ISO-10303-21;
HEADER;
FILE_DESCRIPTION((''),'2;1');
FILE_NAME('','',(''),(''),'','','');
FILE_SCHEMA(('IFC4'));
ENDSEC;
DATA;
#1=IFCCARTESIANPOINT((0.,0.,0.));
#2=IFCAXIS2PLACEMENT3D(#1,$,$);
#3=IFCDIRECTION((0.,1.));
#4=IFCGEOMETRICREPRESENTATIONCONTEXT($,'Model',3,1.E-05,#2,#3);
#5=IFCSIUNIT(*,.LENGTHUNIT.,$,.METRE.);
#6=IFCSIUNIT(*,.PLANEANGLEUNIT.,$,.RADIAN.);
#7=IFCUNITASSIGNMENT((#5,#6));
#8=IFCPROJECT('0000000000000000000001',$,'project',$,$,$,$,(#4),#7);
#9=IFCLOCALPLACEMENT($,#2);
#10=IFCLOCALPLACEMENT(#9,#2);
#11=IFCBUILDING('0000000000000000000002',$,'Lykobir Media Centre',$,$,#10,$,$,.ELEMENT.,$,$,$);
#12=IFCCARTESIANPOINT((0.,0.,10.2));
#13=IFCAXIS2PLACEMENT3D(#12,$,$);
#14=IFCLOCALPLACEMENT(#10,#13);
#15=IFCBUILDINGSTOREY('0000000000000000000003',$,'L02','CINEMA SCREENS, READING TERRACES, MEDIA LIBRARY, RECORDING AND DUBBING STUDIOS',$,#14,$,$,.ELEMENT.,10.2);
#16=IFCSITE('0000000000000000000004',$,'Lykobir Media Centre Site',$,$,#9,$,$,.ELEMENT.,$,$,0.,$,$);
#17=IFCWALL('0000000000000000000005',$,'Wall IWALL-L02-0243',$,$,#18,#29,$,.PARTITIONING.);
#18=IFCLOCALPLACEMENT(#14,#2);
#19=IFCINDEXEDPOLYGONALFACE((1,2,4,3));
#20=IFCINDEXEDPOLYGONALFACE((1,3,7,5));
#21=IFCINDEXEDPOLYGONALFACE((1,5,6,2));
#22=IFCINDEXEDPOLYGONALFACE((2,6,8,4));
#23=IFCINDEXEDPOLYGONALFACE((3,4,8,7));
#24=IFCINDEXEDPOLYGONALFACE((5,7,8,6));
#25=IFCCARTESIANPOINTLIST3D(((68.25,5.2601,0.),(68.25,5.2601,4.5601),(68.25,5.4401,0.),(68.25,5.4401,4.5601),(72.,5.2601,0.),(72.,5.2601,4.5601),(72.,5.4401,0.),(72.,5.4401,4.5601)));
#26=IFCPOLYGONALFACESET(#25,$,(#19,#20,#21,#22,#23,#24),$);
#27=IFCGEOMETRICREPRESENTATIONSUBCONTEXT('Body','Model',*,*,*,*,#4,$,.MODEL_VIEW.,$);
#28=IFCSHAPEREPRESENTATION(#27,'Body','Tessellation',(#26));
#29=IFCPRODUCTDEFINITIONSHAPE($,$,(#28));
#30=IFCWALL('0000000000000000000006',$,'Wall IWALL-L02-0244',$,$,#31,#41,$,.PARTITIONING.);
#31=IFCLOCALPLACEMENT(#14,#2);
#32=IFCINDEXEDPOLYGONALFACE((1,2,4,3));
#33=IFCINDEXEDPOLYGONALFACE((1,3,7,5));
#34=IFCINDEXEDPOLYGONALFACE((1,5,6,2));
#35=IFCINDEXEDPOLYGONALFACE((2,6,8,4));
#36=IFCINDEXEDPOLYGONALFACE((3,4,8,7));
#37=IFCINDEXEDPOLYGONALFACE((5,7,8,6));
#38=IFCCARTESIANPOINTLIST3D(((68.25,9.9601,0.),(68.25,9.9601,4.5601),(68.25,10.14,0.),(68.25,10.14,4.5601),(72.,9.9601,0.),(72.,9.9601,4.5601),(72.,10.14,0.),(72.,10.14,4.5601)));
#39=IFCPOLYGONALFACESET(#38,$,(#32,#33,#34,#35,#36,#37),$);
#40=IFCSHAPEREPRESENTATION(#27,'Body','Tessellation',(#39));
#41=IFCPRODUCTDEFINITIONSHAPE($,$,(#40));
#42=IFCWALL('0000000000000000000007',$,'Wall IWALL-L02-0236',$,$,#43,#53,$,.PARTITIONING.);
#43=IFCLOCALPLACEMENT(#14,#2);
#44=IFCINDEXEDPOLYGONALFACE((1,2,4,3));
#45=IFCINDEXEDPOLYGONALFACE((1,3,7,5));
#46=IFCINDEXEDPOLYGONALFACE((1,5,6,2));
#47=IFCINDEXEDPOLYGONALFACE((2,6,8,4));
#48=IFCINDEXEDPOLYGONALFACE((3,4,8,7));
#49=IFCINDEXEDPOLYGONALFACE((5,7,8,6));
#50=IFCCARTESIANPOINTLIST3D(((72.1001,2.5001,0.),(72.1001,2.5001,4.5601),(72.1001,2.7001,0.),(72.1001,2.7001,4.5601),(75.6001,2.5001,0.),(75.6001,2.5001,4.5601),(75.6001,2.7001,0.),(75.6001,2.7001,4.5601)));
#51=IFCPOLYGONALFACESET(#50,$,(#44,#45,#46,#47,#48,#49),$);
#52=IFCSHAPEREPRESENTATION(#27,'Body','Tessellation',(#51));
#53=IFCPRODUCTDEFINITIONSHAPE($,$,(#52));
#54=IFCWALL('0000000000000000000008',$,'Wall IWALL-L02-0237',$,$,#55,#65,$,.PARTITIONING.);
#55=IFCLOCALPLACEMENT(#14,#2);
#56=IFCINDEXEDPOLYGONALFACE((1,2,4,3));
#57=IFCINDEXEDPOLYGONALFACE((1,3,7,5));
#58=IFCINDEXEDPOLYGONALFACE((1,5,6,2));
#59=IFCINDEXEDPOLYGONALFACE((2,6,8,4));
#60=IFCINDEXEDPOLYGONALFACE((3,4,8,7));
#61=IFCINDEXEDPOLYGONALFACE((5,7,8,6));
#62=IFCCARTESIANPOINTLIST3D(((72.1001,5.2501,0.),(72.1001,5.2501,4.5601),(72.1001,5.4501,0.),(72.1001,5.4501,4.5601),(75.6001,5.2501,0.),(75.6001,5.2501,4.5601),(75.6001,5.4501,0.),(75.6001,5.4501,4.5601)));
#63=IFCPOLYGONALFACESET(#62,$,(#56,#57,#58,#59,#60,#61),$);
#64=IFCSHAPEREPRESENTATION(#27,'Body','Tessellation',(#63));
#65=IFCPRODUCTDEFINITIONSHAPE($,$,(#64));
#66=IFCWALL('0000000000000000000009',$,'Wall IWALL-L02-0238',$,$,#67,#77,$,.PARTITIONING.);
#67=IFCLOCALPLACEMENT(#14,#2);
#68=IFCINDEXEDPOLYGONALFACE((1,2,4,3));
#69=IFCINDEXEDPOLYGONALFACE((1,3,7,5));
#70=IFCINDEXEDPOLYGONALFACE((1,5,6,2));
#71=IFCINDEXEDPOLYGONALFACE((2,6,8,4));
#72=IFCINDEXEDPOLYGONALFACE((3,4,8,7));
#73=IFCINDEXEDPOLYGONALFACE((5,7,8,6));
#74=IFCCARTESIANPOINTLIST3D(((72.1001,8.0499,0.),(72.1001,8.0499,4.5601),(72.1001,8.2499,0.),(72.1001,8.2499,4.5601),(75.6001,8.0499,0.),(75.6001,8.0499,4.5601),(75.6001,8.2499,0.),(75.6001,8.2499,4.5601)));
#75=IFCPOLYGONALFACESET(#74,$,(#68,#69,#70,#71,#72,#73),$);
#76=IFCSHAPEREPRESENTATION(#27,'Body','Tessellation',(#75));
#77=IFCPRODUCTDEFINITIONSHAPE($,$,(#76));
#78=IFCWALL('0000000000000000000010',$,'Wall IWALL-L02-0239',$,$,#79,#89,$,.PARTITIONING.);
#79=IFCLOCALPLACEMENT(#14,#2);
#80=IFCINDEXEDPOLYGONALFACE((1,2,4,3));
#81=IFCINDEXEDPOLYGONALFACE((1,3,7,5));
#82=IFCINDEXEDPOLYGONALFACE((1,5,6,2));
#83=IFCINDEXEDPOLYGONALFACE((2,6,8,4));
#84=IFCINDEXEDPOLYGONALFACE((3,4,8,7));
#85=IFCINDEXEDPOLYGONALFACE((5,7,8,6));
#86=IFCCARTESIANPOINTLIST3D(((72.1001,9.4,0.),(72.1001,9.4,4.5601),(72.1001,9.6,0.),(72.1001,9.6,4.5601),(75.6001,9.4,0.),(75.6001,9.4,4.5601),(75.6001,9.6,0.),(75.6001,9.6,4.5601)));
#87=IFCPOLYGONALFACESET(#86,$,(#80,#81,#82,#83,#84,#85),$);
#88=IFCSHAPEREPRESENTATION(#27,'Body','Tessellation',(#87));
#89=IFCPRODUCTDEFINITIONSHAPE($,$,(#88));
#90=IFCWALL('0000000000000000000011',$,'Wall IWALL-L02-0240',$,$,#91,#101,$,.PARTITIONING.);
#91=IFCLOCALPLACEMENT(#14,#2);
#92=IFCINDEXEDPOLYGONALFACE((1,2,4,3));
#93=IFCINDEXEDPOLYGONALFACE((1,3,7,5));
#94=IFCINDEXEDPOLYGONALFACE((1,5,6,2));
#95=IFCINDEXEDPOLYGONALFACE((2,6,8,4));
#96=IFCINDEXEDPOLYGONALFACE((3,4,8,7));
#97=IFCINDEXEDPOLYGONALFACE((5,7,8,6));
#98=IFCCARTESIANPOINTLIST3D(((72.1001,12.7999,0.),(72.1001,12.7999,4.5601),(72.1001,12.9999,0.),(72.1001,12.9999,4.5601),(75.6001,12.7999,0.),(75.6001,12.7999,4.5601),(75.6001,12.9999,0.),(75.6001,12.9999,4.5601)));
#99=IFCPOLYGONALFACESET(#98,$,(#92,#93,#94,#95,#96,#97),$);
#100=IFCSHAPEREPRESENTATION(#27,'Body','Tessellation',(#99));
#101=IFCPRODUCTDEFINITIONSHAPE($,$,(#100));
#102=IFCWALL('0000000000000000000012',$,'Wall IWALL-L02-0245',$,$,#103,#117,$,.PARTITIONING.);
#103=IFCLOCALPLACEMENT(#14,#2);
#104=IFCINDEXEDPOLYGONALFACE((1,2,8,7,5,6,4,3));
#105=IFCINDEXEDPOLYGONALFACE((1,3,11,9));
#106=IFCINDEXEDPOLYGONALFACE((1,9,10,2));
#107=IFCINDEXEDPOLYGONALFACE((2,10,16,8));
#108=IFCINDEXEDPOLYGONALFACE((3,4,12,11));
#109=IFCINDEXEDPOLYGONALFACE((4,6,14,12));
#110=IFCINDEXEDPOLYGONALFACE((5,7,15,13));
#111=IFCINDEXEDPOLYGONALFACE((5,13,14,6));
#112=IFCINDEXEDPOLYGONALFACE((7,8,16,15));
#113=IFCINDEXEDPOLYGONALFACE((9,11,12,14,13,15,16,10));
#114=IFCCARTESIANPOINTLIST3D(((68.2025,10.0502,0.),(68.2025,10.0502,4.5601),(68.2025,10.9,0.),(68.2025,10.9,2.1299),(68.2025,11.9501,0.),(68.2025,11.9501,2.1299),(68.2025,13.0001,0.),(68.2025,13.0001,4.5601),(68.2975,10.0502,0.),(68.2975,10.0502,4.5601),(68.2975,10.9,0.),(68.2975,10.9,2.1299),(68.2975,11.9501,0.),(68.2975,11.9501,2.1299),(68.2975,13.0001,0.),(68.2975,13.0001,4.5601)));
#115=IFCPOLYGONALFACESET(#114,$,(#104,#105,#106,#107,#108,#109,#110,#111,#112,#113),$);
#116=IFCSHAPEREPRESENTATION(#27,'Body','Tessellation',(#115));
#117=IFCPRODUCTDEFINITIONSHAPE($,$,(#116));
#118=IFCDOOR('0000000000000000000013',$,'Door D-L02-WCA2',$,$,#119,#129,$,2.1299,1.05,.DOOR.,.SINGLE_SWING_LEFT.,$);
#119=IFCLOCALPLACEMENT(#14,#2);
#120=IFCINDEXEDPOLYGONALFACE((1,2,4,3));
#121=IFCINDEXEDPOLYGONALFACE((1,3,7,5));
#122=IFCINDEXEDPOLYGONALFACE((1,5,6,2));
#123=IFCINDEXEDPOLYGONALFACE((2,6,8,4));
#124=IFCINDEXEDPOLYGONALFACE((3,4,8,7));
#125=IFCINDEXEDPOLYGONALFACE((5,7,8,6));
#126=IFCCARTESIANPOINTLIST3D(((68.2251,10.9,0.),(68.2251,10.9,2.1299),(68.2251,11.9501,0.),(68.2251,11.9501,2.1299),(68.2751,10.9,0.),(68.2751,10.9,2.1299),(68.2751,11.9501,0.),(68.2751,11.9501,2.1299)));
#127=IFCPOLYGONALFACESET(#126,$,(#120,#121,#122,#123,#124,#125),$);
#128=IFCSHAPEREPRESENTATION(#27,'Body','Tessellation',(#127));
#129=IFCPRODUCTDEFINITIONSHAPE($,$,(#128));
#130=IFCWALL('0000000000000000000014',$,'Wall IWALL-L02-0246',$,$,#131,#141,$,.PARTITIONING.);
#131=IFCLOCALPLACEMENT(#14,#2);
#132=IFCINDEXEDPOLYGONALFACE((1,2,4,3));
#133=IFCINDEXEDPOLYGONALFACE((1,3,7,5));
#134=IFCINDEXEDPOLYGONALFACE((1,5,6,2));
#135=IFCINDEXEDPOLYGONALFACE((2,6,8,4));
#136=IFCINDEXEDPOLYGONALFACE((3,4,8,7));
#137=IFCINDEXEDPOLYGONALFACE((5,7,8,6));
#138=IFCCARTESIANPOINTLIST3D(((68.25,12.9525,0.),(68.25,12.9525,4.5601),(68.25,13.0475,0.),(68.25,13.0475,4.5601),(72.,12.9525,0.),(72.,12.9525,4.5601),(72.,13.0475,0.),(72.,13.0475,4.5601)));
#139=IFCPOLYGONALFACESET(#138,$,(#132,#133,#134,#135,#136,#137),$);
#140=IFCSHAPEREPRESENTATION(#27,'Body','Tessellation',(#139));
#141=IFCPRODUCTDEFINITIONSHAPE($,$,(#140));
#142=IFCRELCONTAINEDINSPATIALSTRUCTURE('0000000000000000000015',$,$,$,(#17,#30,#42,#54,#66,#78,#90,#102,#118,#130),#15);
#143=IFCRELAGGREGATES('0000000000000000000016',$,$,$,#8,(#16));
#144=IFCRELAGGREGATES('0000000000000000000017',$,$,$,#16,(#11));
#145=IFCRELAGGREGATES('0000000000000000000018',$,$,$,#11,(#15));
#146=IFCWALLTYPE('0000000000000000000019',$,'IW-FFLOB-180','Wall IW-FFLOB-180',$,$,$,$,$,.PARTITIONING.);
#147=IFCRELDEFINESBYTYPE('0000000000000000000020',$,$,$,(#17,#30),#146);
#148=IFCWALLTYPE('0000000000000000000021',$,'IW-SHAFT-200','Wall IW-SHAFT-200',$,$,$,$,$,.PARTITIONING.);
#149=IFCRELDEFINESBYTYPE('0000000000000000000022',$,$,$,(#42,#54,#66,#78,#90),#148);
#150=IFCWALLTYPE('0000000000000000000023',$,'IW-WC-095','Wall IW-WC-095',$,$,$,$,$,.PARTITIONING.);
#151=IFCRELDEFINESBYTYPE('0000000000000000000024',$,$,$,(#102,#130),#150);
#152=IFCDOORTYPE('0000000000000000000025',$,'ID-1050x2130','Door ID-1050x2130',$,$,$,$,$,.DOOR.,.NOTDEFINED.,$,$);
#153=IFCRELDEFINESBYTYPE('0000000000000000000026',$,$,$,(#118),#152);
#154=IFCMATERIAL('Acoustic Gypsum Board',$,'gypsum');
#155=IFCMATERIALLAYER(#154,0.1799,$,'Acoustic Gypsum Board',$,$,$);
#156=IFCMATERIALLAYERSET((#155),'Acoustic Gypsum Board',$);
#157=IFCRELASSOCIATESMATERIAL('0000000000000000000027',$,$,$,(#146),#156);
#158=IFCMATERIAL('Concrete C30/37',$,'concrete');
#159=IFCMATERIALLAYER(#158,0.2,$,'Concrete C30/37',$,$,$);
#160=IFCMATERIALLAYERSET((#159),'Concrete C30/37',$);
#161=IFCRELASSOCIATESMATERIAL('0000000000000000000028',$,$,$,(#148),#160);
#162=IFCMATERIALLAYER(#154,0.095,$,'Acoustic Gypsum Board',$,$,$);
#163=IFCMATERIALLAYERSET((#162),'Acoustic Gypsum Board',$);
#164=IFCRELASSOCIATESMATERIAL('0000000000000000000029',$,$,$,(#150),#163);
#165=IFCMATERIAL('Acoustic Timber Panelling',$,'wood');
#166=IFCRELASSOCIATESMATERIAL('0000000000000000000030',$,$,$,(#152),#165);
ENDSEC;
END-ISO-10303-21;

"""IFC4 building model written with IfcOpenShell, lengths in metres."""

from ifc_helpers import new_model, si_unit, direction, frame, frame_2d, origin, place, context, subcontext, project, spatial, rectangle, extrude, material, layer, layer_set, type_object, element, fill, save


model = new_model("IFC4")

# Units and contexts
model_context = context("Model", 3, precision=1e-05, world=origin(), true_north=direction((0.0, 1.0)))
body_context = subcontext(model_context, "Body", "Model", "MODEL_VIEW")
ifc_project = project(units=[si_unit("LENGTHUNIT", "METRE"), si_unit("PLANEANGLEUNIT", "RADIAN")], contexts=[model_context])

# Site, building, storey
site_placement = place(None, origin())
site = spatial("IfcSite", under=ifc_project, at=site_placement, Name="Lykobir Media Centre Site", CompositionType="ELEMENT", RefElevation=0.0)
building_placement = place(site_placement, origin())
building = spatial("IfcBuilding", under=site, at=building_placement, Name="Lykobir Media Centre", CompositionType="ELEMENT")
storey_placement = place(building_placement, frame((0.0, 0.0, 10.2)))
storey = spatial("IfcBuildingStorey", under=building, at=storey_placement, Name="L02", Description="CINEMA SCREENS, READING TERRACES, MEDIA LIBRARY, RECORDING AND DUBBING STUDIOS", CompositionType="ELEMENT", Elevation=10.2)

# Walls
ifc_material_1 = material(Name="Acoustic Gypsum Board", Category="gypsum")
ifc_layer_1 = layer(ifc_material_1, 0.1799, Name="Acoustic Gypsum Board")
ifc_layer_set_1 = layer_set([ifc_layer_1], Name="Acoustic Gypsum Board")
wall_type_1 = type_object("IfcWallType", Name="IW-FFLOB-180", Description="Wall IW-FFLOB-180", PredefinedType="PARTITIONING", material=ifc_layer_set_1)
for number, where, z_axis, x_axis, name in (
    (1, (68.25, 5.3501, 0.0), (0.0, 0.0, 1.0), (1.0, 0.0, 0.0), "Wall IWALL-L02-0243"),
    (2, (68.25, 10.05, 0.0), (0.0, 0.0, 1.0), (1.0, 0.0, 0.0), "Wall IWALL-L02-0244"),
):
    element("IfcWall", number, at=place(storey_placement, frame(where, z_axis=z_axis, x_axis=x_axis)), inside=storey, type_object=wall_type_1, Name=name, PredefinedType="PARTITIONING", context=body_context, shape_type="SweptSolid", body=[
        extrude(rectangle(XDim=3.75, YDim=0.1799, at=frame_2d((1.875, 0.0))), origin(), (0.0, 0.0, 1.0), 4.5601),
    ])
ifc_material_2 = material(Name="Concrete C30/37", Category="concrete")
ifc_layer_2 = layer(ifc_material_2, 0.2, Name="Concrete C30/37")
ifc_layer_set_2 = layer_set([ifc_layer_2], Name="Concrete C30/37")
wall_type_2 = type_object("IfcWallType", Name="IW-SHAFT-200", Description="Wall IW-SHAFT-200", PredefinedType="PARTITIONING", material=ifc_layer_set_2)
for number, where, z_axis, x_axis, name in (
    (3, (72.1001, 2.6001, 0.0), (0.0, 0.0, 1.0), (1.0, 0.0, 0.0), "Wall IWALL-L02-0236"),
    (4, (72.1001, 5.3501, 0.0), (0.0, 0.0, 1.0), (1.0, 0.0, 0.0), "Wall IWALL-L02-0237"),
    (5, (72.1001, 8.1499, 0.0), (0.0, 0.0, 1.0), (1.0, 0.0, 0.0), "Wall IWALL-L02-0238"),
    (6, (72.1001, 9.5, 0.0), (0.0, 0.0, 1.0), (1.0, 0.0, 0.0), "Wall IWALL-L02-0239"),
    (7, (72.1001, 12.8999, 0.0), (0.0, 0.0, 1.0), (1.0, 0.0, 0.0), "Wall IWALL-L02-0240"),
):
    element("IfcWall", number, at=place(storey_placement, frame(where, z_axis=z_axis, x_axis=x_axis)), inside=storey, type_object=wall_type_2, Name=name, PredefinedType="PARTITIONING", context=body_context, shape_type="SweptSolid", body=[
        extrude(rectangle(XDim=3.5, YDim=0.2, at=frame_2d((1.75, 0.0))), origin(), (0.0, 0.0, 1.0), 4.5601),
    ])

# Wall, opening, door
ifc_layer_3 = layer(ifc_material_1, 0.095, Name="Acoustic Gypsum Board")
ifc_layer_set_3 = layer_set([ifc_layer_3], Name="Acoustic Gypsum Board")
wall_type_3 = type_object("IfcWallType", Name="IW-WC-095", Description="Wall IW-WC-095", PredefinedType="PARTITIONING", material=ifc_layer_set_3)
wall_1_placement = place(storey_placement, frame((68.25, 10.05, 0.0), z_axis=(0.0, 0.0, 1.0), x_axis=(0.0, 1.0, 0.0)))
wall_1 = element("IfcWall", 8, at=wall_1_placement, inside=storey, type_object=wall_type_3, Name="Wall IWALL-L02-0245", PredefinedType="PARTITIONING", context=body_context, shape_type="SweptSolid", body=[
    extrude(rectangle(XDim=2.95, YDim=0.095, at=frame_2d((1.4751, 0.0))), origin(), (0.0, 0.0, 1.0), 4.5601),
])
opening_1_placement = place(wall_1_placement, frame((0.8501, 0.0, 0.0)))
opening_1 = element("IfcOpeningElement", 9, at=opening_1_placement, cuts=wall_1, PredefinedType="OPENING", context=body_context, shape_type="SweptSolid", body=[
    extrude(rectangle(XDim=1.05, YDim=2.1299, at=frame_2d((0.5249, 1.0649))), frame((0.0, 0.0574, 0.0), z_axis=(0.0, -1.0, 0.0), x_axis=(1.0, 0.0, 0.0)), (0.0, 0.0, 1.0), 0.115),
])
ifc_material_3 = material(Name="Acoustic Timber Panelling", Category="wood")
door_type_1 = type_object("IfcDoorType", Name="ID-1050x2130", Description="Door ID-1050x2130", OperationType="NOTDEFINED", PredefinedType="DOOR", material=ifc_material_3)
door_1_placement = place(opening_1_placement, origin())
door_1 = element("IfcDoor", 10, at=door_1_placement, inside=storey, type_object=door_type_1, Name="Door D-L02-WCA2", OperationType="SINGLE_SWING_LEFT", OverallHeight=2.1299, OverallWidth=1.05, PredefinedType="DOOR", context=body_context, shape_type="SweptSolid", body=[
    extrude(rectangle(XDim=1.05, YDim=2.1299, at=frame_2d((0.5249, 1.0649))), frame((0.0, 0.0249, 0.0), z_axis=(0.0, -1.0, 0.0), x_axis=(1.0, 0.0, 0.0)), (0.0, 0.0, 1.0), 0.05),
])
fill(opening_1, door_1)

# Wall
wall_2_placement = place(storey_placement, frame((68.25, 13.0, 0.0), z_axis=(0.0, 0.0, 1.0), x_axis=(1.0, 0.0, 0.0)))
element("IfcWall", 11, at=wall_2_placement, inside=storey, type_object=wall_type_3, Name="Wall IWALL-L02-0246", PredefinedType="PARTITIONING", context=body_context, shape_type="SweptSolid", body=[
    extrude(rectangle(XDim=3.75, YDim=0.095, at=frame_2d((1.875, 0.0))), origin(), (0.0, 0.0, 1.0), 4.5601),
])

save(model, "model.ifc")
